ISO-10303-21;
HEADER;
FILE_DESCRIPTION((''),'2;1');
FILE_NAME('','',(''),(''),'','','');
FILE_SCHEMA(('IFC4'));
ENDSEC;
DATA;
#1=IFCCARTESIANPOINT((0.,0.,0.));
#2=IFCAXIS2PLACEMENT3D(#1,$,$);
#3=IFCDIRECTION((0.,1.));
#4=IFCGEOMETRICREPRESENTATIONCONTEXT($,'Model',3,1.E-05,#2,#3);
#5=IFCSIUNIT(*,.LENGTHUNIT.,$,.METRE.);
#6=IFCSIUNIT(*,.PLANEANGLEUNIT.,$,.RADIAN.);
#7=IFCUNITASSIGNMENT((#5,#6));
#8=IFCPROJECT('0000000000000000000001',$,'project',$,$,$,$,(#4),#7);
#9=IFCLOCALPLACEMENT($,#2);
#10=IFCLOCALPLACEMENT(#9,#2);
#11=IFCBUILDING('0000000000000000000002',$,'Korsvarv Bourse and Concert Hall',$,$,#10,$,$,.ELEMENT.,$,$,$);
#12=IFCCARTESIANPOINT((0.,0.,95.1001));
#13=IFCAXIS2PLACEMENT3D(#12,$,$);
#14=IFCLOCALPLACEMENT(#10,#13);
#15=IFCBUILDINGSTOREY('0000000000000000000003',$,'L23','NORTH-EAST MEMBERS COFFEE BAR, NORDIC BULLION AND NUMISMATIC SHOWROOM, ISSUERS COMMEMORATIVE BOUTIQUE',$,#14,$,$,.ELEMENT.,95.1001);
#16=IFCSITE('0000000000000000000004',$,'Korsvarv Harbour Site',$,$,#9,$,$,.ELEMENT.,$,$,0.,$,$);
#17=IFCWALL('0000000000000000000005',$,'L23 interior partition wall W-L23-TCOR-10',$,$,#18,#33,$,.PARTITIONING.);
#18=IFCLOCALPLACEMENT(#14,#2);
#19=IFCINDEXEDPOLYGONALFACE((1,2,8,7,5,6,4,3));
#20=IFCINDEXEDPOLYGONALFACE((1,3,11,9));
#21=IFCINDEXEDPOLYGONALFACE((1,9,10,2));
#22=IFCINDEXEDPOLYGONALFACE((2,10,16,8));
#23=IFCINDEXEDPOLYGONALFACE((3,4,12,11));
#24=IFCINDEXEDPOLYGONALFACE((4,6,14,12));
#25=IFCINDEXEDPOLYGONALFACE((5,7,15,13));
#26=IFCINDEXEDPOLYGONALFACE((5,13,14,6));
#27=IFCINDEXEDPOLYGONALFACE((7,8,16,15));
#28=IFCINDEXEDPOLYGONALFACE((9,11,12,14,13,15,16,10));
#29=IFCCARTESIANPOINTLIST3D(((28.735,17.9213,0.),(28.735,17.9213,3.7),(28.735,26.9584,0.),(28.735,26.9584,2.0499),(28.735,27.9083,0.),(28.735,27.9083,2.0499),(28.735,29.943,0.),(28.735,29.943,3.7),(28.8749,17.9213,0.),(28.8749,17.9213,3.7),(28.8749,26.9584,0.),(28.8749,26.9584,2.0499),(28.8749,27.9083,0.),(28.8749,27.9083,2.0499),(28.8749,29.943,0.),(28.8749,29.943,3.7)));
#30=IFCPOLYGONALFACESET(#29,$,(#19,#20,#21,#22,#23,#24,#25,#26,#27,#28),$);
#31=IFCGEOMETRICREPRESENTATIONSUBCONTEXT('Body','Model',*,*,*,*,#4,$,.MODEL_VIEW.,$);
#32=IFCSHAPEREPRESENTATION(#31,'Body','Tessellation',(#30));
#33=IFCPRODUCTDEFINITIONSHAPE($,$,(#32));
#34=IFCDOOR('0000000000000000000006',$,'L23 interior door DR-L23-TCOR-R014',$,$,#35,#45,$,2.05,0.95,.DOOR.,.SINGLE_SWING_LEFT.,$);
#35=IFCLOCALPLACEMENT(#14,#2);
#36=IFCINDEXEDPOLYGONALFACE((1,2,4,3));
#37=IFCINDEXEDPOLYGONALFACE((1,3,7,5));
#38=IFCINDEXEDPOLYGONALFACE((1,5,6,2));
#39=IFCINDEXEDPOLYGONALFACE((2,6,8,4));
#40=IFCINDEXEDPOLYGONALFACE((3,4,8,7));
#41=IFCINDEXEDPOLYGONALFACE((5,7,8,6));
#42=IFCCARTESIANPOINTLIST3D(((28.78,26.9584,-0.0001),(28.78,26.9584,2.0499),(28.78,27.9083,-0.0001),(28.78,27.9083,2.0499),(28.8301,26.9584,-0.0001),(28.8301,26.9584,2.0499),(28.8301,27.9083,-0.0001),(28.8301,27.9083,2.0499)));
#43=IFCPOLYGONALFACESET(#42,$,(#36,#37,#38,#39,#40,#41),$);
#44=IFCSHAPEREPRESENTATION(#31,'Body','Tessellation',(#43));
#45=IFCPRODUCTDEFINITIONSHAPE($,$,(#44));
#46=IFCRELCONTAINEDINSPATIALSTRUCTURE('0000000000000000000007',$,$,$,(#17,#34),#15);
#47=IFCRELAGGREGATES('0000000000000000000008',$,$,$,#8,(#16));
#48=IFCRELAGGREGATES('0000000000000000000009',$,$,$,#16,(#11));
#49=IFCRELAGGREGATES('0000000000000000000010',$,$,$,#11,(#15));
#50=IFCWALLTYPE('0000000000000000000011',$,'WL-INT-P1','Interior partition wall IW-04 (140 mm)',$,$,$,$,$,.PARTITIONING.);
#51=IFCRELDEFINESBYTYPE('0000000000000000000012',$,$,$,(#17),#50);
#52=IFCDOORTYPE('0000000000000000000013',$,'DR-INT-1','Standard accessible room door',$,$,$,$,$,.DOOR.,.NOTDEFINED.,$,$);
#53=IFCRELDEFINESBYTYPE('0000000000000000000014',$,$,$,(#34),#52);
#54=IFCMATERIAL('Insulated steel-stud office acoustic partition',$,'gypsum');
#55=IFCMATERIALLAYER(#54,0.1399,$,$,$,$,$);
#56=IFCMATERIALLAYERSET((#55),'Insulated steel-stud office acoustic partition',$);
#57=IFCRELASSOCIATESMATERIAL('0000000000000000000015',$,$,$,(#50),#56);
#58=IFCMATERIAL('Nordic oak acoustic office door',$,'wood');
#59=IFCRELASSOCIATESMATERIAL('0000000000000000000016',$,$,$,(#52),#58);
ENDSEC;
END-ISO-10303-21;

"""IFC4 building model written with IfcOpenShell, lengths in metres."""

from ifc_helpers import new_model, si_unit, direction, frame, frame_2d, origin, place, context, subcontext, project, spatial, rectangle, extrude, material, layer, layer_set, type_object, element, fill, save


model = new_model("IFC4")

# Units and contexts
model_context = context("Model", 3, precision=1e-05, world=origin(), true_north=direction((0.0, 1.0)))
body_context = subcontext(model_context, "Body", "Model", "MODEL_VIEW")
ifc_project = project(units=[si_unit("LENGTHUNIT", "METRE"), si_unit("PLANEANGLEUNIT", "RADIAN")], contexts=[model_context])

# Site, building, storey
site_placement = place(None, origin())
site = spatial("IfcSite", under=ifc_project, at=site_placement, Name="Korsvarv Harbour Site", CompositionType="ELEMENT", RefElevation=0.0)
building_placement = place(site_placement, origin())
building = spatial("IfcBuilding", under=site, at=building_placement, Name="Korsvarv Bourse and Concert Hall", CompositionType="ELEMENT")
storey_placement = place(building_placement, frame((0.0, 0.0, 95.1001)))
storey = spatial("IfcBuildingStorey", under=building, at=storey_placement, Name="L23", Description="NORTH-EAST MEMBERS COFFEE BAR, NORDIC BULLION AND NUMISMATIC SHOWROOM, ISSUERS COMMEMORATIVE BOUTIQUE", CompositionType="ELEMENT", Elevation=95.1001)

# Wall, opening, door
ifc_material_1 = material(Name="Insulated steel-stud office acoustic partition", Category="gypsum")
ifc_layer_1 = layer(ifc_material_1, 0.1399)
ifc_layer_set_1 = layer_set([ifc_layer_1], Name="Insulated steel-stud office acoustic partition")
wall_type_1 = type_object("IfcWallType", Name="WL-INT-P1", Description="Interior partition wall IW-04 (140 mm)", PredefinedType="PARTITIONING", material=ifc_layer_set_1)
wall_1_placement = place(storey_placement, frame((28.8049, 17.9214, 0.0), z_axis=(0.0, 0.0, 1.0), x_axis=(0.0, 1.0, 0.0)))
wall_1 = element("IfcWall", 1, at=wall_1_placement, inside=storey, type_object=wall_type_1, Name="L23 interior partition wall W-L23-TCOR-10", PredefinedType="PARTITIONING", context=body_context, shape_type="SweptSolid", body=[
    extrude(rectangle(XDim=12.0217, YDim=0.1399, at=frame_2d((6.0107, 0.0))), origin(), (0.0, 0.0, 1.0), 3.7),
])
opening_1_placement = place(wall_1_placement, frame((9.0369, 0.0, 0.0)))
opening_1 = element("IfcOpeningElement", 2, at=opening_1_placement, cuts=wall_1, PredefinedType="OPENING", context=body_context, shape_type="SweptSolid", body=[
    extrude(rectangle(XDim=0.95, YDim=2.05, at=frame_2d((0.4751, 1.0249))), frame((0.0, 0.0801, 0.0), z_axis=(0.0, -1.0, 0.0), x_axis=(1.0, 0.0, 0.0)), (0.0, 0.0, 1.0), 0.1599),
])
ifc_material_2 = material(Name="Nordic oak acoustic office door", Category="wood")
door_type = type_object("IfcDoorType", Name="DR-INT-1", Description="Standard accessible room door", OperationType="NOTDEFINED", PredefinedType="DOOR", material=ifc_material_2)
door_placement = place(opening_1_placement, origin())
door = element("IfcDoor", 3, at=door_placement, inside=storey, type_object=door_type, Name="L23 interior door DR-L23-TCOR-R014", OperationType="SINGLE_SWING_LEFT", OverallHeight=2.05, OverallWidth=0.95, PredefinedType="DOOR", context=body_context, shape_type="SweptSolid", body=[
    extrude(rectangle(XDim=0.95, YDim=2.05, at=frame_2d((0.4751, 1.0249))), frame((0.0, 0.0249, 0.0), z_axis=(0.0, -1.0, 0.0), x_axis=(1.0, 0.0, 0.0)), (0.0, 0.0, 1.0), 0.05),
])
fill(opening_1, door)

save(model, "model.ifc")
